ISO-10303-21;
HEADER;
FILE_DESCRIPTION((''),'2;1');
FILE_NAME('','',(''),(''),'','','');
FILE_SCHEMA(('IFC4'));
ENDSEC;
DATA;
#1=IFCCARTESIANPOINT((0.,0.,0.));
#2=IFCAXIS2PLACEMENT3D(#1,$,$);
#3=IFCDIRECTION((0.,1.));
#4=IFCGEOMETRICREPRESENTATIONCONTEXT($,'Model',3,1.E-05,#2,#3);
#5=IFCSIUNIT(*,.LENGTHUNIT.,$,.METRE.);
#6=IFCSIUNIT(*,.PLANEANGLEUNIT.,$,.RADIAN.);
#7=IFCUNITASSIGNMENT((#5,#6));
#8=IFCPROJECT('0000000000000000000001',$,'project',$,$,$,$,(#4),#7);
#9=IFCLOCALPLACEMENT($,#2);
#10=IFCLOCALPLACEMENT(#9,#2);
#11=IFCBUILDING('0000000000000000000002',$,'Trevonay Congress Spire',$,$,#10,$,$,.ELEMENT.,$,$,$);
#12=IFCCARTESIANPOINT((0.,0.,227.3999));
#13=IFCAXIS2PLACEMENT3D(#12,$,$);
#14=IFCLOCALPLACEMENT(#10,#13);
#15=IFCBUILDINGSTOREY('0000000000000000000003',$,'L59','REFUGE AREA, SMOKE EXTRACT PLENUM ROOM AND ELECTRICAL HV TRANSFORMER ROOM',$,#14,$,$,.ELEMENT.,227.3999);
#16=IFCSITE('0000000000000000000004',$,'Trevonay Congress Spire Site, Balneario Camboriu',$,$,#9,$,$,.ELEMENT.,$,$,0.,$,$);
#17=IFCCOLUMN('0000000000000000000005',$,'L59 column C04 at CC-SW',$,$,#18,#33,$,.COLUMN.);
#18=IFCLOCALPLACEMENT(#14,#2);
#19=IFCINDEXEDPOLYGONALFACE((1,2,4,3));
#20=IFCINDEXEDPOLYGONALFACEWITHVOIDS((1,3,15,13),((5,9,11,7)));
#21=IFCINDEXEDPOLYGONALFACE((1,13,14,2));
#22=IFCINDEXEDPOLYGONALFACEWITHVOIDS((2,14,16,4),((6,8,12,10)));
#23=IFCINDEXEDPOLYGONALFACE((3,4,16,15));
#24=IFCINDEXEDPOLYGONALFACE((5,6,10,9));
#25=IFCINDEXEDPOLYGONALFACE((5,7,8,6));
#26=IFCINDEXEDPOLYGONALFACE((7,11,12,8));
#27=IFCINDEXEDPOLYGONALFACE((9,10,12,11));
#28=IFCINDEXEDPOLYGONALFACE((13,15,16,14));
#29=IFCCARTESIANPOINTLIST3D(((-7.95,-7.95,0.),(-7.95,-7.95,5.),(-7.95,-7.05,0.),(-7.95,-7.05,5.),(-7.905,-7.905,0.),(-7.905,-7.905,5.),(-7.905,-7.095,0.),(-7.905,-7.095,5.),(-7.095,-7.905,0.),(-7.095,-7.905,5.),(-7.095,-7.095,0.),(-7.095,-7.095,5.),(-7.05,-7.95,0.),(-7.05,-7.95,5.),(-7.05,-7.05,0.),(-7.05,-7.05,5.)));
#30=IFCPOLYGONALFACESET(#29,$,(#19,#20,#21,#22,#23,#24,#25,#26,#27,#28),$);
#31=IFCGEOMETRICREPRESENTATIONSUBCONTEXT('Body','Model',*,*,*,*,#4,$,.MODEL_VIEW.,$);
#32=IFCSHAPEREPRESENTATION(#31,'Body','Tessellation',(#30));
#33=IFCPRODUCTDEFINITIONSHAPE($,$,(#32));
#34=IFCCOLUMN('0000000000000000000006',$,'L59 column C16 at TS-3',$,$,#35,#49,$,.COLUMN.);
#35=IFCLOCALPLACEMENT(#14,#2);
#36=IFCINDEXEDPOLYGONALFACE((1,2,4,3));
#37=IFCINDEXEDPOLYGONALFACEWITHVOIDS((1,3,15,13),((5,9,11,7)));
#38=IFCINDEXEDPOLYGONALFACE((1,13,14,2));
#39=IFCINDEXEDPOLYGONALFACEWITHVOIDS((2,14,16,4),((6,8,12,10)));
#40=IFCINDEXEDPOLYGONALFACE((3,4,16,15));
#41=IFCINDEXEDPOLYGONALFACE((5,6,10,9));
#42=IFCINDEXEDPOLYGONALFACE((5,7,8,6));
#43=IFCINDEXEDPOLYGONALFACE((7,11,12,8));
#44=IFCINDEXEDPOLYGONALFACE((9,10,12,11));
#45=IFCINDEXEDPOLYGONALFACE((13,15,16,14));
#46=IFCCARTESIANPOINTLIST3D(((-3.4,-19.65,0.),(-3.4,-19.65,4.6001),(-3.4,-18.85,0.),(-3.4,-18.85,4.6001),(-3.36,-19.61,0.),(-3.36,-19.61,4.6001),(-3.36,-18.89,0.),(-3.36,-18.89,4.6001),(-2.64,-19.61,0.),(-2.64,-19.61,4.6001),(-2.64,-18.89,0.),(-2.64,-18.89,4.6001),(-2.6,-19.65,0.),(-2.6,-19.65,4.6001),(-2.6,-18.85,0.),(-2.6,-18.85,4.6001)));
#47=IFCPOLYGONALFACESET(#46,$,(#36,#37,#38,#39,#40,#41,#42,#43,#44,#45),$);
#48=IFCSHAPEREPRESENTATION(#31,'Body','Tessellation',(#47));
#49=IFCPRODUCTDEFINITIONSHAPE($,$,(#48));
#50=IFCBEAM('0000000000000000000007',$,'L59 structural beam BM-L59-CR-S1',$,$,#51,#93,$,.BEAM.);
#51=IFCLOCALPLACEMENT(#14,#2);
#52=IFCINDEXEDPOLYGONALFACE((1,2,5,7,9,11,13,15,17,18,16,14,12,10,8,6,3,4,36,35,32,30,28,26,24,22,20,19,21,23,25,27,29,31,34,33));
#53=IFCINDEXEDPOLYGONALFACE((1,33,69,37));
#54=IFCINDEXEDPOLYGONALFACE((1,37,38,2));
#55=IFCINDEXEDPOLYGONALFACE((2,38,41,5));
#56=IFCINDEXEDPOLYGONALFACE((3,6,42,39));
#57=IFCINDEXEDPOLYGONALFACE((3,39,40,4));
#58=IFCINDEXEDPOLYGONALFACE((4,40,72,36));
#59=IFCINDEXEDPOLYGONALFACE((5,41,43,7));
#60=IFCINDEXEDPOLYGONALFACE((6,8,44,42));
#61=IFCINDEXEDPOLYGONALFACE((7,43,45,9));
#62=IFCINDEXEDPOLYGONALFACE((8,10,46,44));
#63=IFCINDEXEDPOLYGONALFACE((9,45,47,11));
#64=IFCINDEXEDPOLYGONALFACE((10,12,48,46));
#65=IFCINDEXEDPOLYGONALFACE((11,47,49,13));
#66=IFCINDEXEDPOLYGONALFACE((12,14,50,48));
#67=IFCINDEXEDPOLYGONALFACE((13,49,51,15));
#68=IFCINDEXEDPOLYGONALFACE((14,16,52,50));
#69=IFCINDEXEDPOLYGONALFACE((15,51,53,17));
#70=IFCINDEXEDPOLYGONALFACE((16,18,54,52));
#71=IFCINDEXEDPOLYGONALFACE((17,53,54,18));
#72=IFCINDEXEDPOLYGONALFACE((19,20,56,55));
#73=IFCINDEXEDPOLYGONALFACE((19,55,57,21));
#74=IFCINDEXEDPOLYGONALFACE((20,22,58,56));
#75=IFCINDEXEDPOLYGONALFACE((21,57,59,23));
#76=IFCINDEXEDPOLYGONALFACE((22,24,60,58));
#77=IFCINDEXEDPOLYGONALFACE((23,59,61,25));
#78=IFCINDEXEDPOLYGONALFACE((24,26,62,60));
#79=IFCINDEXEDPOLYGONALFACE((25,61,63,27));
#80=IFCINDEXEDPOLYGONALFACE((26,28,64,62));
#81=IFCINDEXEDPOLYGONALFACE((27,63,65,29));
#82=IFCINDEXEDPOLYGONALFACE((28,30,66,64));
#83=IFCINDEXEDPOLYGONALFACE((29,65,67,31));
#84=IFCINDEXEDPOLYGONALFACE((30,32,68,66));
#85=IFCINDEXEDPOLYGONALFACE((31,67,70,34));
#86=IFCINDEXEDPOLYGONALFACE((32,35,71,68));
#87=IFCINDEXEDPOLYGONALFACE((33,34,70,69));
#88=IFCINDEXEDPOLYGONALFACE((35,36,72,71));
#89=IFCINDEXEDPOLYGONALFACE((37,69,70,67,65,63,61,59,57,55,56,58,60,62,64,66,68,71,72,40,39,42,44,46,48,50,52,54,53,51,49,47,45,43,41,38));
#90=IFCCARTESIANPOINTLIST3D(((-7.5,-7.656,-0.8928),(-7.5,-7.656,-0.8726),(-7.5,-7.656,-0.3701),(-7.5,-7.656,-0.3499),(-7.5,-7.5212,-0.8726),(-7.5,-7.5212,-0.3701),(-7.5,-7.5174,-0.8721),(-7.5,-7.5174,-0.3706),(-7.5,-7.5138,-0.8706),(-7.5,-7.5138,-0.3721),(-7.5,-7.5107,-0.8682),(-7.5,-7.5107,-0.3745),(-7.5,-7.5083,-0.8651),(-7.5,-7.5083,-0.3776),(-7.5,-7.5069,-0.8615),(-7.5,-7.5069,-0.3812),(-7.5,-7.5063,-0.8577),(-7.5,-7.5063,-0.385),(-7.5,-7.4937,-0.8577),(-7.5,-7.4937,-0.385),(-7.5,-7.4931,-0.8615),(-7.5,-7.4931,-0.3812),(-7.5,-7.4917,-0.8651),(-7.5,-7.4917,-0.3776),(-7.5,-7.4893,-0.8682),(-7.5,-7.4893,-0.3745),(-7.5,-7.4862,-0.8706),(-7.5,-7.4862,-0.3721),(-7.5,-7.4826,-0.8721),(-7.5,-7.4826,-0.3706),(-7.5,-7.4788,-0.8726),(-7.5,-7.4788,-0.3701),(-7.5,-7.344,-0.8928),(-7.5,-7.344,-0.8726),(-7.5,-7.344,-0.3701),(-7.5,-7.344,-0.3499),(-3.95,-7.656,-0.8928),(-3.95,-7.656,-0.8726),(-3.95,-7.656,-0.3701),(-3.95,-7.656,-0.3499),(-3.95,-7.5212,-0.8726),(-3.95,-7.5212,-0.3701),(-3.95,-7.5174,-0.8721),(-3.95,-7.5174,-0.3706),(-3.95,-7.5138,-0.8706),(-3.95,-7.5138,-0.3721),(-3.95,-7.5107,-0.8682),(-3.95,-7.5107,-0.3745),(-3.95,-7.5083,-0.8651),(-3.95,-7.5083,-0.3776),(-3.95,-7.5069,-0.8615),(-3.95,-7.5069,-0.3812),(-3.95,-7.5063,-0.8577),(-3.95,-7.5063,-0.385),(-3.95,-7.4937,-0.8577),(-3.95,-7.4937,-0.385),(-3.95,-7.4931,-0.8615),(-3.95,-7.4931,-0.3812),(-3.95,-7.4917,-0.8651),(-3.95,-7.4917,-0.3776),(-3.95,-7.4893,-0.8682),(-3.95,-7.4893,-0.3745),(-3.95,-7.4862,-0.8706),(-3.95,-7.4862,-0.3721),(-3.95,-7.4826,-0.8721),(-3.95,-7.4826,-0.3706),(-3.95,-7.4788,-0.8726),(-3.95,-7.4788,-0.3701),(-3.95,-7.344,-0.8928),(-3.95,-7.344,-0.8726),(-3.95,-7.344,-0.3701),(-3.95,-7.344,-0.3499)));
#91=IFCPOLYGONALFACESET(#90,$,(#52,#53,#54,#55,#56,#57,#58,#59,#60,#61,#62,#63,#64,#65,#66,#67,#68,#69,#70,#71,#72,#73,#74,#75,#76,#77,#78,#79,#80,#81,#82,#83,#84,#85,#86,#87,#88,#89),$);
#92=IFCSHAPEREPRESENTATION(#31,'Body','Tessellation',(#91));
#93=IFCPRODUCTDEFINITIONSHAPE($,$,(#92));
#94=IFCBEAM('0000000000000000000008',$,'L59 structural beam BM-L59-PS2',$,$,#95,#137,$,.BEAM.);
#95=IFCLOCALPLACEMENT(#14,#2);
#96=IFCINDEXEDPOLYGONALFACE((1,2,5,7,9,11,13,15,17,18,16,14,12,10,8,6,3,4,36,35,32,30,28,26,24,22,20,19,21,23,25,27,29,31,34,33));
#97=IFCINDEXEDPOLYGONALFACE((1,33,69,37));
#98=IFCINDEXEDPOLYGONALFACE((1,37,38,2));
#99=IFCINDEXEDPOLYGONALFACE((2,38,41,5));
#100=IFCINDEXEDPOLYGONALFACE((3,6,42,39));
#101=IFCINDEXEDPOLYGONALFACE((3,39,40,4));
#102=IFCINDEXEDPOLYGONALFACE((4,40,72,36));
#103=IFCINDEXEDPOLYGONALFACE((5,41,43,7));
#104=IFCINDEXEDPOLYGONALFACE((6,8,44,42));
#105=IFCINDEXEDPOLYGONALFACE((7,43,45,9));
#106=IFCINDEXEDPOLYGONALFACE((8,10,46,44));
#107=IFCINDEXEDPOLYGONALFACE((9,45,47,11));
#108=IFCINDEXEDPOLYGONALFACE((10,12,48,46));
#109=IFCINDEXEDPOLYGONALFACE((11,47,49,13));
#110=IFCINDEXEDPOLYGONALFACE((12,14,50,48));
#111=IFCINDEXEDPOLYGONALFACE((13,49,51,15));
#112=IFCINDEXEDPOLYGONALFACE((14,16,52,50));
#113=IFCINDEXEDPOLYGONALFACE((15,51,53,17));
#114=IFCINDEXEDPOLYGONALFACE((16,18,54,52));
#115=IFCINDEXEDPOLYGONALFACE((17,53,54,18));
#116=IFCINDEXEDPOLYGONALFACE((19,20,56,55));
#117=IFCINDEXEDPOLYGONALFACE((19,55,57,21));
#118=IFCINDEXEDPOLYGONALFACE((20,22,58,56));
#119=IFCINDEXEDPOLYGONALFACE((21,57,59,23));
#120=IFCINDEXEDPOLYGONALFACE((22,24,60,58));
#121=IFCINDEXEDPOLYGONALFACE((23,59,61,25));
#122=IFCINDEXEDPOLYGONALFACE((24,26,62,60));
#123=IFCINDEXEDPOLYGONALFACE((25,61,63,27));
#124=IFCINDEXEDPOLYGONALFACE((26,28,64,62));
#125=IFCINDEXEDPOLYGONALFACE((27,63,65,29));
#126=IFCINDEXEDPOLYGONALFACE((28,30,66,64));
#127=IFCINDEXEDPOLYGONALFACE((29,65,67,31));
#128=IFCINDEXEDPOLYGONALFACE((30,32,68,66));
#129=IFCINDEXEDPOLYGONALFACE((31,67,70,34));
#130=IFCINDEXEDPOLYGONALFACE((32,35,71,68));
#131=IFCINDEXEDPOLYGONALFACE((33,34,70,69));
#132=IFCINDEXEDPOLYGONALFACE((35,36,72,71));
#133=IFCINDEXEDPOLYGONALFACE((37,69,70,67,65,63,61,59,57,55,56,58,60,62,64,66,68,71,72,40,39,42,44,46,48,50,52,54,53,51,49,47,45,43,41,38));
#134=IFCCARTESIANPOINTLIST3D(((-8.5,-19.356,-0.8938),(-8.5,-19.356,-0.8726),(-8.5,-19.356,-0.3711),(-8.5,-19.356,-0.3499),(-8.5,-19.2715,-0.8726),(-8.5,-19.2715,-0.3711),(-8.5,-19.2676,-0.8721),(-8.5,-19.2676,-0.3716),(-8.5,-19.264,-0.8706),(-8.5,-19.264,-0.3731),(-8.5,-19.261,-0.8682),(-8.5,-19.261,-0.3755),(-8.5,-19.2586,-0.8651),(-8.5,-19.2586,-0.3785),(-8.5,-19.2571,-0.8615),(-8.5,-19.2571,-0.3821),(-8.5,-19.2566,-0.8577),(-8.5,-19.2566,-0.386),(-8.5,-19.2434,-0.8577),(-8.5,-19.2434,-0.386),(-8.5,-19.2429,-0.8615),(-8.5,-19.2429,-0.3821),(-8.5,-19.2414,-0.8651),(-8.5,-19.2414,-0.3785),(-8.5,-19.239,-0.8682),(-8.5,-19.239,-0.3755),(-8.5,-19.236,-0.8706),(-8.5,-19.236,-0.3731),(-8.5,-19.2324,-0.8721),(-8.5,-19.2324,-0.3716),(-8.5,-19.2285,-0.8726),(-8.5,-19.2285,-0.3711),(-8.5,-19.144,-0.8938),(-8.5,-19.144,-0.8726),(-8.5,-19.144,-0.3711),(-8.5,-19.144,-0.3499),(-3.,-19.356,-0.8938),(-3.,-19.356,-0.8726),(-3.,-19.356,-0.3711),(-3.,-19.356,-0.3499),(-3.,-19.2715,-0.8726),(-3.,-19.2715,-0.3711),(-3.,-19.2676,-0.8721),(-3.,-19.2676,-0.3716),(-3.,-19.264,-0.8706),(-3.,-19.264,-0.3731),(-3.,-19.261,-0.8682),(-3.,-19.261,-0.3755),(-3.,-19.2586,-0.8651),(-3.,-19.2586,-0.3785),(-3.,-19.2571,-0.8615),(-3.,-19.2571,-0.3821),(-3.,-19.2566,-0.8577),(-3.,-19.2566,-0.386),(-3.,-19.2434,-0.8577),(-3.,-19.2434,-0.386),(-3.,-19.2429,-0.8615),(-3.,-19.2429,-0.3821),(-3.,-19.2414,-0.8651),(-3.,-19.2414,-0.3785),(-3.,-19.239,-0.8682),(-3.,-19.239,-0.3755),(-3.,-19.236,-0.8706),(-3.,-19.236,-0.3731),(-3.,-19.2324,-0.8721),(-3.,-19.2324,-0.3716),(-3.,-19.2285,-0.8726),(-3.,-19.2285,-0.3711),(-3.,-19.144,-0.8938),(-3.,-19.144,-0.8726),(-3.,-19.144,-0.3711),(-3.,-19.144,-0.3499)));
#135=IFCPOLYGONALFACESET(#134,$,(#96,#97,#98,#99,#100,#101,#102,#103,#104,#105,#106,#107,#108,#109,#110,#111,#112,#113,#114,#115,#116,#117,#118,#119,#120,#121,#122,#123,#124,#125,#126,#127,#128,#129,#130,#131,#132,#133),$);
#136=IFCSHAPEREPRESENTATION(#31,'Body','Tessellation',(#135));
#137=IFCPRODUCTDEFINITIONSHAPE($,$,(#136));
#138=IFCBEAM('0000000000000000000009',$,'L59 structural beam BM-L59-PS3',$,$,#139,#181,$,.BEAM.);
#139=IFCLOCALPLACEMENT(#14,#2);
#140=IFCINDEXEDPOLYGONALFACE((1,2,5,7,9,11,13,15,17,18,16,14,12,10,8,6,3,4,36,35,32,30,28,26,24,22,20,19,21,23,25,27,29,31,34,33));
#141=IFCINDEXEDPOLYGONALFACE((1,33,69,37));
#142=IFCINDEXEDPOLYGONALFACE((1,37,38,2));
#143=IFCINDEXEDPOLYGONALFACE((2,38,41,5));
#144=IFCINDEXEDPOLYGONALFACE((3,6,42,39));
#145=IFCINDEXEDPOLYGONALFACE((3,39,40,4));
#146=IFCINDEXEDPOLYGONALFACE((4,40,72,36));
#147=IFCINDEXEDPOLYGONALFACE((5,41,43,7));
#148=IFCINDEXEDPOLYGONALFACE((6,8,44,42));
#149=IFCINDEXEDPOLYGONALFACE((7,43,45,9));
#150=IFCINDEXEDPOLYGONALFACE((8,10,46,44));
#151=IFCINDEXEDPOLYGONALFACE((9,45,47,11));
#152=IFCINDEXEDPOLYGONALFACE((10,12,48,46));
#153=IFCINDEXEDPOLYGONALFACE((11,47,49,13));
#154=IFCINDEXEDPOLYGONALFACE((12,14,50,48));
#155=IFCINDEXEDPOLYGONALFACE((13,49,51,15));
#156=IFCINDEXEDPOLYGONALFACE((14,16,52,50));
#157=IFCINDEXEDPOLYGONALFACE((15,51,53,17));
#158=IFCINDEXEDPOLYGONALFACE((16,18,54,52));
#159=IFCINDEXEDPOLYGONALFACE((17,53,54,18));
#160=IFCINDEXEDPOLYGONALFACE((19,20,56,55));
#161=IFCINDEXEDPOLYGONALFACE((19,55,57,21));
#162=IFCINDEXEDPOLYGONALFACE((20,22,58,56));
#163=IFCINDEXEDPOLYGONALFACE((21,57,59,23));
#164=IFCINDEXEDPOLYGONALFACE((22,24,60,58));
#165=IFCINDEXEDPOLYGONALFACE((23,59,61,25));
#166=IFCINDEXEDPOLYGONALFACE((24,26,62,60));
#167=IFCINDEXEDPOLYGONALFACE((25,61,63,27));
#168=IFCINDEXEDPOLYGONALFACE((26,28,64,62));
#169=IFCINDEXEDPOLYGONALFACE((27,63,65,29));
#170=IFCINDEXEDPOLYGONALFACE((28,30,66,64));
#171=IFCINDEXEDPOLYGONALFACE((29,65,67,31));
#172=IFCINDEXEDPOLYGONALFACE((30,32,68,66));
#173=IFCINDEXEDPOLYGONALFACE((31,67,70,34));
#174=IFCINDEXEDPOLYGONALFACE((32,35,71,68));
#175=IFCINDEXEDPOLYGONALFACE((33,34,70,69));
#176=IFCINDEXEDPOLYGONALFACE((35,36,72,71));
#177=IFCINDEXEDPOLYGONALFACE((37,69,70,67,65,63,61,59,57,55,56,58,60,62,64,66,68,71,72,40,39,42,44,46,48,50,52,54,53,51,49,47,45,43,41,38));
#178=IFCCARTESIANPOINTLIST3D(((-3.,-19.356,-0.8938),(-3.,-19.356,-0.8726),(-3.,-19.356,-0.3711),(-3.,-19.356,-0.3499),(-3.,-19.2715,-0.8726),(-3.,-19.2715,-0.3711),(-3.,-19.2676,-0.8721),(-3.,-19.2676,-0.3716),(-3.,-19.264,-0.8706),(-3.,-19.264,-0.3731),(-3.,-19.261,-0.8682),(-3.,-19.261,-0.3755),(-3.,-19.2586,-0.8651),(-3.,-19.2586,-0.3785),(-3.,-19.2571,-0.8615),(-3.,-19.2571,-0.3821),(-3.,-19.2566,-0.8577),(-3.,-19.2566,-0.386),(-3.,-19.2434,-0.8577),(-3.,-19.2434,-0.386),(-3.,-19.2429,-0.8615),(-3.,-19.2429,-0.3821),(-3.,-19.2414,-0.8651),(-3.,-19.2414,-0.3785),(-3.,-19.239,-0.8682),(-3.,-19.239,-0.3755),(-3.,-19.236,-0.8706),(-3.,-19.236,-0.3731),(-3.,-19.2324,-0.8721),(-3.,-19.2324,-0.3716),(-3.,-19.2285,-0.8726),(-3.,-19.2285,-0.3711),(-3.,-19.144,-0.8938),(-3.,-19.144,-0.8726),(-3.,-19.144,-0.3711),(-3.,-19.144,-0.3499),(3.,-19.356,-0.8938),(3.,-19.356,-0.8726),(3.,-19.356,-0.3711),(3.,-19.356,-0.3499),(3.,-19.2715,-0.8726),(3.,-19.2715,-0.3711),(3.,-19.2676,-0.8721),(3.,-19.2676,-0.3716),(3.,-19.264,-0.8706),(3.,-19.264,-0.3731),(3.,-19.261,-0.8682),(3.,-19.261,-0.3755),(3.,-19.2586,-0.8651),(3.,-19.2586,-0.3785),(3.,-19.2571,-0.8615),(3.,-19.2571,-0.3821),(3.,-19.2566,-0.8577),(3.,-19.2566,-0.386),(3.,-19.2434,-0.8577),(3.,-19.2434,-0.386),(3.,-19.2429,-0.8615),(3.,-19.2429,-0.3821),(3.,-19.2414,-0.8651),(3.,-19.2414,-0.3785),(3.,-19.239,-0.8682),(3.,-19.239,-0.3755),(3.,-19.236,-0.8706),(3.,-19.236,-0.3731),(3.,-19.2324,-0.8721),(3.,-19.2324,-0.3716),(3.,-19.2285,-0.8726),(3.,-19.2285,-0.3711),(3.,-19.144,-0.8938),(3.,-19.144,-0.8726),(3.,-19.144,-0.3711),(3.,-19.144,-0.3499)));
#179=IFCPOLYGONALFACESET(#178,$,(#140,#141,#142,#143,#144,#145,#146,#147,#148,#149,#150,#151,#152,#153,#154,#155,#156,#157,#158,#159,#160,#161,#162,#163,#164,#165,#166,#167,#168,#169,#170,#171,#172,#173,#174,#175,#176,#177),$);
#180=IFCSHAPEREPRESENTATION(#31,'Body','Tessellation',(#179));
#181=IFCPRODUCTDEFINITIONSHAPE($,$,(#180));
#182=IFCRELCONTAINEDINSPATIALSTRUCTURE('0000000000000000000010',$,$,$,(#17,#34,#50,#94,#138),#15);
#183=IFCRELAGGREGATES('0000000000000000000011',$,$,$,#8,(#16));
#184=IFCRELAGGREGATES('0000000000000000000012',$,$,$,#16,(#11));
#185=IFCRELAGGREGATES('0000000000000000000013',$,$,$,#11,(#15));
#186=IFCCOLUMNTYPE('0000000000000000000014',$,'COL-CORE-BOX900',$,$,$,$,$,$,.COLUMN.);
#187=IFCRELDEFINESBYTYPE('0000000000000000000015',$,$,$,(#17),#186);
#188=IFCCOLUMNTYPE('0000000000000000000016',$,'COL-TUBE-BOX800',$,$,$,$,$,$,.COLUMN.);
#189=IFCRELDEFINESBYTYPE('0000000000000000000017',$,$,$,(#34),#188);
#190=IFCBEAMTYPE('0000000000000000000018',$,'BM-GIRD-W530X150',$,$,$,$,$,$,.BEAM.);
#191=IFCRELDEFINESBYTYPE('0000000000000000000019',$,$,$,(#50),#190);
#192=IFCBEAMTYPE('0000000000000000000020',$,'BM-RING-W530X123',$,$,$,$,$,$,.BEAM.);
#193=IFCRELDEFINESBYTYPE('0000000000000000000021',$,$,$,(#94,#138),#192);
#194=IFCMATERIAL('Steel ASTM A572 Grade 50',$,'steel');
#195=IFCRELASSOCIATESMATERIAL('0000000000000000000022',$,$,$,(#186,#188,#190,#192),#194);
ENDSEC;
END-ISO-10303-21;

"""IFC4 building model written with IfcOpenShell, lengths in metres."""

from ifc_helpers import new_model, si_unit, direction, frame, origin, origin_2d, place, context, subcontext, project, spatial, hollow_rectangle, i_section, extrude, material, material_profile, profile_set, type_object, element, save


model = new_model("IFC4")

# Units and contexts
model_context = context("Model", 3, precision=1e-05, world=origin(), true_north=direction((0.0, 1.0)))
body_context = subcontext(model_context, "Body", "Model", "MODEL_VIEW")
ifc_project = project(units=[si_unit("LENGTHUNIT", "METRE"), si_unit("PLANEANGLEUNIT", "RADIAN")], contexts=[model_context])

# Site, building, storey
site_placement = place(None, origin())
site = spatial("IfcSite", under=ifc_project, at=site_placement, Name="Trevonay Congress Spire Site, Balneario Camboriu", CompositionType="ELEMENT", RefElevation=0.0)
building_placement = place(site_placement, origin())
building = spatial("IfcBuilding", under=site, at=building_placement, Name="Trevonay Congress Spire", CompositionType="ELEMENT")
storey_placement = place(building_placement, frame((0.0, 0.0, 227.3999)))
storey = spatial("IfcBuildingStorey", under=building, at=storey_placement, Name="L59", Description="REFUGE AREA, SMOKE EXTRACT PLENUM ROOM AND ELECTRICAL HV TRANSFORMER ROOM", CompositionType="ELEMENT", Elevation=227.3999)

# Columns
ifc_material_1 = material(Name="Steel ASTM A572 Grade 50", Category="steel")
ifc_material_profile_1 = material_profile(ifc_material_1, hollow_rectangle(XDim=0.8999, YDim=0.8999, WallThickness=0.0449, at=origin_2d()), Name="BOX 900x900x45")
ifc_profile_set_1 = profile_set([ifc_material_profile_1], Name="Steel ASTM A572 Grade 50")
column_type_1 = type_object("IfcColumnType", Name="COL-CORE-BOX900", PredefinedType="COLUMN", material=ifc_profile_set_1)
column_1_placement = place(storey_placement, frame((-7.5, -7.5, 0.0), z_axis=(0.0, 0.0, 1.0), x_axis=(1.0, 0.0, 0.0)))
element("IfcColumn", 1, at=column_1_placement, inside=storey, type_object=column_type_1, Name="L59 column C04 at CC-SW", PredefinedType="COLUMN", context=body_context, shape_type="SweptSolid", body=[
    extrude(hollow_rectangle(XDim=0.8999, YDim=0.8999, WallThickness=0.0449, at=origin_2d()), origin(), (0.0, 0.0, 1.0), 5.0),
])
ifc_material_profile_2 = material_profile(ifc_material_1, hollow_rectangle(XDim=0.8, YDim=0.8, WallThickness=0.04, at=origin_2d()), Name="BOX 800x800x40")
ifc_profile_set_2 = profile_set([ifc_material_profile_2], Name="Steel ASTM A572 Grade 50")
column_type_2 = type_object("IfcColumnType", Name="COL-TUBE-BOX800", PredefinedType="COLUMN", material=ifc_profile_set_2)
column_2_placement = place(storey_placement, frame((-3.0, -19.25, 0.0), z_axis=(0.0, 0.0, 1.0), x_axis=(1.0, 0.0, 0.0)))
element("IfcColumn", 2, at=column_2_placement, inside=storey, type_object=column_type_2, Name="L59 column C16 at TS-3", PredefinedType="COLUMN", context=body_context, shape_type="SweptSolid", body=[
    extrude(hollow_rectangle(XDim=0.8, YDim=0.8, WallThickness=0.04, at=origin_2d()), origin(), (0.0, 0.0, 1.0), 4.6001),
])

# Beams
ifc_material_profile_3 = material_profile(ifc_material_1, i_section(OverallWidth=0.312, OverallDepth=0.543, WebThickness=0.0127, FlangeThickness=0.0203, FilletRadius=0.0149, at=origin_2d()), Name="W530x150")
ifc_profile_set_3 = profile_set([ifc_material_profile_3], Name="Steel ASTM A572 Grade 50")
beam_type_1 = type_object("IfcBeamType", Name="BM-GIRD-W530X150", PredefinedType="BEAM", material=ifc_profile_set_3)
beam_1_placement = place(storey_placement, frame((-7.5, -7.5, -0.6213), z_axis=(1.0, 0.0, 0.0), x_axis=(0.0, 1.0, 0.0)))
element("IfcBeam", 3, at=beam_1_placement, inside=storey, type_object=beam_type_1, Name="L59 structural beam BM-L59-CR-S1", PredefinedType="BEAM", context=body_context, shape_type="SweptSolid", body=[
    extrude(i_section(OverallWidth=0.312, OverallDepth=0.543, WebThickness=0.0127, FlangeThickness=0.0203, FilletRadius=0.0149, at=origin_2d()), origin(), (0.0, 0.0, 1.0), 3.55),
])
ifc_material_profile_4 = material_profile(ifc_material_1, i_section(OverallWidth=0.2119, OverallDepth=0.5439, WebThickness=0.0132, FlangeThickness=0.0212, FilletRadius=0.0149, at=origin_2d()), Name="W530x123")
ifc_profile_set_4 = profile_set([ifc_material_profile_4], Name="Steel ASTM A572 Grade 50")
beam_type_2 = type_object("IfcBeamType", Name="BM-RING-W530X123", PredefinedType="BEAM", material=ifc_profile_set_4)
beam_2_placement = place(storey_placement, frame((-8.5, -19.25, -0.6218), z_axis=(1.0, 0.0, 0.0), x_axis=(0.0, 1.0, 0.0)))
element("IfcBeam", 4, at=beam_2_placement, inside=storey, type_object=beam_type_2, Name="L59 structural beam BM-L59-PS2", PredefinedType="BEAM", context=body_context, shape_type="SweptSolid", body=[
    extrude(i_section(OverallWidth=0.2119, OverallDepth=0.5439, WebThickness=0.0132, FlangeThickness=0.0212, FilletRadius=0.0149, at=origin_2d()), origin(), (0.0, 0.0, 1.0), 5.5),
])
beam_3_placement = place(storey_placement, frame((-3.0, -19.25, -0.6218), z_axis=(1.0, 0.0, 0.0), x_axis=(0.0, 1.0, 0.0)))
element("IfcBeam", 5, at=beam_3_placement, inside=storey, type_object=beam_type_2, Name="L59 structural beam BM-L59-PS3", PredefinedType="BEAM", context=body_context, shape_type="SweptSolid", body=[
    extrude(i_section(OverallWidth=0.2119, OverallDepth=0.5439, WebThickness=0.0132, FlangeThickness=0.0212, FilletRadius=0.0149, at=origin_2d()), origin(), (0.0, 0.0, 1.0), 6.0),
])

save(model, "model.ifc")
